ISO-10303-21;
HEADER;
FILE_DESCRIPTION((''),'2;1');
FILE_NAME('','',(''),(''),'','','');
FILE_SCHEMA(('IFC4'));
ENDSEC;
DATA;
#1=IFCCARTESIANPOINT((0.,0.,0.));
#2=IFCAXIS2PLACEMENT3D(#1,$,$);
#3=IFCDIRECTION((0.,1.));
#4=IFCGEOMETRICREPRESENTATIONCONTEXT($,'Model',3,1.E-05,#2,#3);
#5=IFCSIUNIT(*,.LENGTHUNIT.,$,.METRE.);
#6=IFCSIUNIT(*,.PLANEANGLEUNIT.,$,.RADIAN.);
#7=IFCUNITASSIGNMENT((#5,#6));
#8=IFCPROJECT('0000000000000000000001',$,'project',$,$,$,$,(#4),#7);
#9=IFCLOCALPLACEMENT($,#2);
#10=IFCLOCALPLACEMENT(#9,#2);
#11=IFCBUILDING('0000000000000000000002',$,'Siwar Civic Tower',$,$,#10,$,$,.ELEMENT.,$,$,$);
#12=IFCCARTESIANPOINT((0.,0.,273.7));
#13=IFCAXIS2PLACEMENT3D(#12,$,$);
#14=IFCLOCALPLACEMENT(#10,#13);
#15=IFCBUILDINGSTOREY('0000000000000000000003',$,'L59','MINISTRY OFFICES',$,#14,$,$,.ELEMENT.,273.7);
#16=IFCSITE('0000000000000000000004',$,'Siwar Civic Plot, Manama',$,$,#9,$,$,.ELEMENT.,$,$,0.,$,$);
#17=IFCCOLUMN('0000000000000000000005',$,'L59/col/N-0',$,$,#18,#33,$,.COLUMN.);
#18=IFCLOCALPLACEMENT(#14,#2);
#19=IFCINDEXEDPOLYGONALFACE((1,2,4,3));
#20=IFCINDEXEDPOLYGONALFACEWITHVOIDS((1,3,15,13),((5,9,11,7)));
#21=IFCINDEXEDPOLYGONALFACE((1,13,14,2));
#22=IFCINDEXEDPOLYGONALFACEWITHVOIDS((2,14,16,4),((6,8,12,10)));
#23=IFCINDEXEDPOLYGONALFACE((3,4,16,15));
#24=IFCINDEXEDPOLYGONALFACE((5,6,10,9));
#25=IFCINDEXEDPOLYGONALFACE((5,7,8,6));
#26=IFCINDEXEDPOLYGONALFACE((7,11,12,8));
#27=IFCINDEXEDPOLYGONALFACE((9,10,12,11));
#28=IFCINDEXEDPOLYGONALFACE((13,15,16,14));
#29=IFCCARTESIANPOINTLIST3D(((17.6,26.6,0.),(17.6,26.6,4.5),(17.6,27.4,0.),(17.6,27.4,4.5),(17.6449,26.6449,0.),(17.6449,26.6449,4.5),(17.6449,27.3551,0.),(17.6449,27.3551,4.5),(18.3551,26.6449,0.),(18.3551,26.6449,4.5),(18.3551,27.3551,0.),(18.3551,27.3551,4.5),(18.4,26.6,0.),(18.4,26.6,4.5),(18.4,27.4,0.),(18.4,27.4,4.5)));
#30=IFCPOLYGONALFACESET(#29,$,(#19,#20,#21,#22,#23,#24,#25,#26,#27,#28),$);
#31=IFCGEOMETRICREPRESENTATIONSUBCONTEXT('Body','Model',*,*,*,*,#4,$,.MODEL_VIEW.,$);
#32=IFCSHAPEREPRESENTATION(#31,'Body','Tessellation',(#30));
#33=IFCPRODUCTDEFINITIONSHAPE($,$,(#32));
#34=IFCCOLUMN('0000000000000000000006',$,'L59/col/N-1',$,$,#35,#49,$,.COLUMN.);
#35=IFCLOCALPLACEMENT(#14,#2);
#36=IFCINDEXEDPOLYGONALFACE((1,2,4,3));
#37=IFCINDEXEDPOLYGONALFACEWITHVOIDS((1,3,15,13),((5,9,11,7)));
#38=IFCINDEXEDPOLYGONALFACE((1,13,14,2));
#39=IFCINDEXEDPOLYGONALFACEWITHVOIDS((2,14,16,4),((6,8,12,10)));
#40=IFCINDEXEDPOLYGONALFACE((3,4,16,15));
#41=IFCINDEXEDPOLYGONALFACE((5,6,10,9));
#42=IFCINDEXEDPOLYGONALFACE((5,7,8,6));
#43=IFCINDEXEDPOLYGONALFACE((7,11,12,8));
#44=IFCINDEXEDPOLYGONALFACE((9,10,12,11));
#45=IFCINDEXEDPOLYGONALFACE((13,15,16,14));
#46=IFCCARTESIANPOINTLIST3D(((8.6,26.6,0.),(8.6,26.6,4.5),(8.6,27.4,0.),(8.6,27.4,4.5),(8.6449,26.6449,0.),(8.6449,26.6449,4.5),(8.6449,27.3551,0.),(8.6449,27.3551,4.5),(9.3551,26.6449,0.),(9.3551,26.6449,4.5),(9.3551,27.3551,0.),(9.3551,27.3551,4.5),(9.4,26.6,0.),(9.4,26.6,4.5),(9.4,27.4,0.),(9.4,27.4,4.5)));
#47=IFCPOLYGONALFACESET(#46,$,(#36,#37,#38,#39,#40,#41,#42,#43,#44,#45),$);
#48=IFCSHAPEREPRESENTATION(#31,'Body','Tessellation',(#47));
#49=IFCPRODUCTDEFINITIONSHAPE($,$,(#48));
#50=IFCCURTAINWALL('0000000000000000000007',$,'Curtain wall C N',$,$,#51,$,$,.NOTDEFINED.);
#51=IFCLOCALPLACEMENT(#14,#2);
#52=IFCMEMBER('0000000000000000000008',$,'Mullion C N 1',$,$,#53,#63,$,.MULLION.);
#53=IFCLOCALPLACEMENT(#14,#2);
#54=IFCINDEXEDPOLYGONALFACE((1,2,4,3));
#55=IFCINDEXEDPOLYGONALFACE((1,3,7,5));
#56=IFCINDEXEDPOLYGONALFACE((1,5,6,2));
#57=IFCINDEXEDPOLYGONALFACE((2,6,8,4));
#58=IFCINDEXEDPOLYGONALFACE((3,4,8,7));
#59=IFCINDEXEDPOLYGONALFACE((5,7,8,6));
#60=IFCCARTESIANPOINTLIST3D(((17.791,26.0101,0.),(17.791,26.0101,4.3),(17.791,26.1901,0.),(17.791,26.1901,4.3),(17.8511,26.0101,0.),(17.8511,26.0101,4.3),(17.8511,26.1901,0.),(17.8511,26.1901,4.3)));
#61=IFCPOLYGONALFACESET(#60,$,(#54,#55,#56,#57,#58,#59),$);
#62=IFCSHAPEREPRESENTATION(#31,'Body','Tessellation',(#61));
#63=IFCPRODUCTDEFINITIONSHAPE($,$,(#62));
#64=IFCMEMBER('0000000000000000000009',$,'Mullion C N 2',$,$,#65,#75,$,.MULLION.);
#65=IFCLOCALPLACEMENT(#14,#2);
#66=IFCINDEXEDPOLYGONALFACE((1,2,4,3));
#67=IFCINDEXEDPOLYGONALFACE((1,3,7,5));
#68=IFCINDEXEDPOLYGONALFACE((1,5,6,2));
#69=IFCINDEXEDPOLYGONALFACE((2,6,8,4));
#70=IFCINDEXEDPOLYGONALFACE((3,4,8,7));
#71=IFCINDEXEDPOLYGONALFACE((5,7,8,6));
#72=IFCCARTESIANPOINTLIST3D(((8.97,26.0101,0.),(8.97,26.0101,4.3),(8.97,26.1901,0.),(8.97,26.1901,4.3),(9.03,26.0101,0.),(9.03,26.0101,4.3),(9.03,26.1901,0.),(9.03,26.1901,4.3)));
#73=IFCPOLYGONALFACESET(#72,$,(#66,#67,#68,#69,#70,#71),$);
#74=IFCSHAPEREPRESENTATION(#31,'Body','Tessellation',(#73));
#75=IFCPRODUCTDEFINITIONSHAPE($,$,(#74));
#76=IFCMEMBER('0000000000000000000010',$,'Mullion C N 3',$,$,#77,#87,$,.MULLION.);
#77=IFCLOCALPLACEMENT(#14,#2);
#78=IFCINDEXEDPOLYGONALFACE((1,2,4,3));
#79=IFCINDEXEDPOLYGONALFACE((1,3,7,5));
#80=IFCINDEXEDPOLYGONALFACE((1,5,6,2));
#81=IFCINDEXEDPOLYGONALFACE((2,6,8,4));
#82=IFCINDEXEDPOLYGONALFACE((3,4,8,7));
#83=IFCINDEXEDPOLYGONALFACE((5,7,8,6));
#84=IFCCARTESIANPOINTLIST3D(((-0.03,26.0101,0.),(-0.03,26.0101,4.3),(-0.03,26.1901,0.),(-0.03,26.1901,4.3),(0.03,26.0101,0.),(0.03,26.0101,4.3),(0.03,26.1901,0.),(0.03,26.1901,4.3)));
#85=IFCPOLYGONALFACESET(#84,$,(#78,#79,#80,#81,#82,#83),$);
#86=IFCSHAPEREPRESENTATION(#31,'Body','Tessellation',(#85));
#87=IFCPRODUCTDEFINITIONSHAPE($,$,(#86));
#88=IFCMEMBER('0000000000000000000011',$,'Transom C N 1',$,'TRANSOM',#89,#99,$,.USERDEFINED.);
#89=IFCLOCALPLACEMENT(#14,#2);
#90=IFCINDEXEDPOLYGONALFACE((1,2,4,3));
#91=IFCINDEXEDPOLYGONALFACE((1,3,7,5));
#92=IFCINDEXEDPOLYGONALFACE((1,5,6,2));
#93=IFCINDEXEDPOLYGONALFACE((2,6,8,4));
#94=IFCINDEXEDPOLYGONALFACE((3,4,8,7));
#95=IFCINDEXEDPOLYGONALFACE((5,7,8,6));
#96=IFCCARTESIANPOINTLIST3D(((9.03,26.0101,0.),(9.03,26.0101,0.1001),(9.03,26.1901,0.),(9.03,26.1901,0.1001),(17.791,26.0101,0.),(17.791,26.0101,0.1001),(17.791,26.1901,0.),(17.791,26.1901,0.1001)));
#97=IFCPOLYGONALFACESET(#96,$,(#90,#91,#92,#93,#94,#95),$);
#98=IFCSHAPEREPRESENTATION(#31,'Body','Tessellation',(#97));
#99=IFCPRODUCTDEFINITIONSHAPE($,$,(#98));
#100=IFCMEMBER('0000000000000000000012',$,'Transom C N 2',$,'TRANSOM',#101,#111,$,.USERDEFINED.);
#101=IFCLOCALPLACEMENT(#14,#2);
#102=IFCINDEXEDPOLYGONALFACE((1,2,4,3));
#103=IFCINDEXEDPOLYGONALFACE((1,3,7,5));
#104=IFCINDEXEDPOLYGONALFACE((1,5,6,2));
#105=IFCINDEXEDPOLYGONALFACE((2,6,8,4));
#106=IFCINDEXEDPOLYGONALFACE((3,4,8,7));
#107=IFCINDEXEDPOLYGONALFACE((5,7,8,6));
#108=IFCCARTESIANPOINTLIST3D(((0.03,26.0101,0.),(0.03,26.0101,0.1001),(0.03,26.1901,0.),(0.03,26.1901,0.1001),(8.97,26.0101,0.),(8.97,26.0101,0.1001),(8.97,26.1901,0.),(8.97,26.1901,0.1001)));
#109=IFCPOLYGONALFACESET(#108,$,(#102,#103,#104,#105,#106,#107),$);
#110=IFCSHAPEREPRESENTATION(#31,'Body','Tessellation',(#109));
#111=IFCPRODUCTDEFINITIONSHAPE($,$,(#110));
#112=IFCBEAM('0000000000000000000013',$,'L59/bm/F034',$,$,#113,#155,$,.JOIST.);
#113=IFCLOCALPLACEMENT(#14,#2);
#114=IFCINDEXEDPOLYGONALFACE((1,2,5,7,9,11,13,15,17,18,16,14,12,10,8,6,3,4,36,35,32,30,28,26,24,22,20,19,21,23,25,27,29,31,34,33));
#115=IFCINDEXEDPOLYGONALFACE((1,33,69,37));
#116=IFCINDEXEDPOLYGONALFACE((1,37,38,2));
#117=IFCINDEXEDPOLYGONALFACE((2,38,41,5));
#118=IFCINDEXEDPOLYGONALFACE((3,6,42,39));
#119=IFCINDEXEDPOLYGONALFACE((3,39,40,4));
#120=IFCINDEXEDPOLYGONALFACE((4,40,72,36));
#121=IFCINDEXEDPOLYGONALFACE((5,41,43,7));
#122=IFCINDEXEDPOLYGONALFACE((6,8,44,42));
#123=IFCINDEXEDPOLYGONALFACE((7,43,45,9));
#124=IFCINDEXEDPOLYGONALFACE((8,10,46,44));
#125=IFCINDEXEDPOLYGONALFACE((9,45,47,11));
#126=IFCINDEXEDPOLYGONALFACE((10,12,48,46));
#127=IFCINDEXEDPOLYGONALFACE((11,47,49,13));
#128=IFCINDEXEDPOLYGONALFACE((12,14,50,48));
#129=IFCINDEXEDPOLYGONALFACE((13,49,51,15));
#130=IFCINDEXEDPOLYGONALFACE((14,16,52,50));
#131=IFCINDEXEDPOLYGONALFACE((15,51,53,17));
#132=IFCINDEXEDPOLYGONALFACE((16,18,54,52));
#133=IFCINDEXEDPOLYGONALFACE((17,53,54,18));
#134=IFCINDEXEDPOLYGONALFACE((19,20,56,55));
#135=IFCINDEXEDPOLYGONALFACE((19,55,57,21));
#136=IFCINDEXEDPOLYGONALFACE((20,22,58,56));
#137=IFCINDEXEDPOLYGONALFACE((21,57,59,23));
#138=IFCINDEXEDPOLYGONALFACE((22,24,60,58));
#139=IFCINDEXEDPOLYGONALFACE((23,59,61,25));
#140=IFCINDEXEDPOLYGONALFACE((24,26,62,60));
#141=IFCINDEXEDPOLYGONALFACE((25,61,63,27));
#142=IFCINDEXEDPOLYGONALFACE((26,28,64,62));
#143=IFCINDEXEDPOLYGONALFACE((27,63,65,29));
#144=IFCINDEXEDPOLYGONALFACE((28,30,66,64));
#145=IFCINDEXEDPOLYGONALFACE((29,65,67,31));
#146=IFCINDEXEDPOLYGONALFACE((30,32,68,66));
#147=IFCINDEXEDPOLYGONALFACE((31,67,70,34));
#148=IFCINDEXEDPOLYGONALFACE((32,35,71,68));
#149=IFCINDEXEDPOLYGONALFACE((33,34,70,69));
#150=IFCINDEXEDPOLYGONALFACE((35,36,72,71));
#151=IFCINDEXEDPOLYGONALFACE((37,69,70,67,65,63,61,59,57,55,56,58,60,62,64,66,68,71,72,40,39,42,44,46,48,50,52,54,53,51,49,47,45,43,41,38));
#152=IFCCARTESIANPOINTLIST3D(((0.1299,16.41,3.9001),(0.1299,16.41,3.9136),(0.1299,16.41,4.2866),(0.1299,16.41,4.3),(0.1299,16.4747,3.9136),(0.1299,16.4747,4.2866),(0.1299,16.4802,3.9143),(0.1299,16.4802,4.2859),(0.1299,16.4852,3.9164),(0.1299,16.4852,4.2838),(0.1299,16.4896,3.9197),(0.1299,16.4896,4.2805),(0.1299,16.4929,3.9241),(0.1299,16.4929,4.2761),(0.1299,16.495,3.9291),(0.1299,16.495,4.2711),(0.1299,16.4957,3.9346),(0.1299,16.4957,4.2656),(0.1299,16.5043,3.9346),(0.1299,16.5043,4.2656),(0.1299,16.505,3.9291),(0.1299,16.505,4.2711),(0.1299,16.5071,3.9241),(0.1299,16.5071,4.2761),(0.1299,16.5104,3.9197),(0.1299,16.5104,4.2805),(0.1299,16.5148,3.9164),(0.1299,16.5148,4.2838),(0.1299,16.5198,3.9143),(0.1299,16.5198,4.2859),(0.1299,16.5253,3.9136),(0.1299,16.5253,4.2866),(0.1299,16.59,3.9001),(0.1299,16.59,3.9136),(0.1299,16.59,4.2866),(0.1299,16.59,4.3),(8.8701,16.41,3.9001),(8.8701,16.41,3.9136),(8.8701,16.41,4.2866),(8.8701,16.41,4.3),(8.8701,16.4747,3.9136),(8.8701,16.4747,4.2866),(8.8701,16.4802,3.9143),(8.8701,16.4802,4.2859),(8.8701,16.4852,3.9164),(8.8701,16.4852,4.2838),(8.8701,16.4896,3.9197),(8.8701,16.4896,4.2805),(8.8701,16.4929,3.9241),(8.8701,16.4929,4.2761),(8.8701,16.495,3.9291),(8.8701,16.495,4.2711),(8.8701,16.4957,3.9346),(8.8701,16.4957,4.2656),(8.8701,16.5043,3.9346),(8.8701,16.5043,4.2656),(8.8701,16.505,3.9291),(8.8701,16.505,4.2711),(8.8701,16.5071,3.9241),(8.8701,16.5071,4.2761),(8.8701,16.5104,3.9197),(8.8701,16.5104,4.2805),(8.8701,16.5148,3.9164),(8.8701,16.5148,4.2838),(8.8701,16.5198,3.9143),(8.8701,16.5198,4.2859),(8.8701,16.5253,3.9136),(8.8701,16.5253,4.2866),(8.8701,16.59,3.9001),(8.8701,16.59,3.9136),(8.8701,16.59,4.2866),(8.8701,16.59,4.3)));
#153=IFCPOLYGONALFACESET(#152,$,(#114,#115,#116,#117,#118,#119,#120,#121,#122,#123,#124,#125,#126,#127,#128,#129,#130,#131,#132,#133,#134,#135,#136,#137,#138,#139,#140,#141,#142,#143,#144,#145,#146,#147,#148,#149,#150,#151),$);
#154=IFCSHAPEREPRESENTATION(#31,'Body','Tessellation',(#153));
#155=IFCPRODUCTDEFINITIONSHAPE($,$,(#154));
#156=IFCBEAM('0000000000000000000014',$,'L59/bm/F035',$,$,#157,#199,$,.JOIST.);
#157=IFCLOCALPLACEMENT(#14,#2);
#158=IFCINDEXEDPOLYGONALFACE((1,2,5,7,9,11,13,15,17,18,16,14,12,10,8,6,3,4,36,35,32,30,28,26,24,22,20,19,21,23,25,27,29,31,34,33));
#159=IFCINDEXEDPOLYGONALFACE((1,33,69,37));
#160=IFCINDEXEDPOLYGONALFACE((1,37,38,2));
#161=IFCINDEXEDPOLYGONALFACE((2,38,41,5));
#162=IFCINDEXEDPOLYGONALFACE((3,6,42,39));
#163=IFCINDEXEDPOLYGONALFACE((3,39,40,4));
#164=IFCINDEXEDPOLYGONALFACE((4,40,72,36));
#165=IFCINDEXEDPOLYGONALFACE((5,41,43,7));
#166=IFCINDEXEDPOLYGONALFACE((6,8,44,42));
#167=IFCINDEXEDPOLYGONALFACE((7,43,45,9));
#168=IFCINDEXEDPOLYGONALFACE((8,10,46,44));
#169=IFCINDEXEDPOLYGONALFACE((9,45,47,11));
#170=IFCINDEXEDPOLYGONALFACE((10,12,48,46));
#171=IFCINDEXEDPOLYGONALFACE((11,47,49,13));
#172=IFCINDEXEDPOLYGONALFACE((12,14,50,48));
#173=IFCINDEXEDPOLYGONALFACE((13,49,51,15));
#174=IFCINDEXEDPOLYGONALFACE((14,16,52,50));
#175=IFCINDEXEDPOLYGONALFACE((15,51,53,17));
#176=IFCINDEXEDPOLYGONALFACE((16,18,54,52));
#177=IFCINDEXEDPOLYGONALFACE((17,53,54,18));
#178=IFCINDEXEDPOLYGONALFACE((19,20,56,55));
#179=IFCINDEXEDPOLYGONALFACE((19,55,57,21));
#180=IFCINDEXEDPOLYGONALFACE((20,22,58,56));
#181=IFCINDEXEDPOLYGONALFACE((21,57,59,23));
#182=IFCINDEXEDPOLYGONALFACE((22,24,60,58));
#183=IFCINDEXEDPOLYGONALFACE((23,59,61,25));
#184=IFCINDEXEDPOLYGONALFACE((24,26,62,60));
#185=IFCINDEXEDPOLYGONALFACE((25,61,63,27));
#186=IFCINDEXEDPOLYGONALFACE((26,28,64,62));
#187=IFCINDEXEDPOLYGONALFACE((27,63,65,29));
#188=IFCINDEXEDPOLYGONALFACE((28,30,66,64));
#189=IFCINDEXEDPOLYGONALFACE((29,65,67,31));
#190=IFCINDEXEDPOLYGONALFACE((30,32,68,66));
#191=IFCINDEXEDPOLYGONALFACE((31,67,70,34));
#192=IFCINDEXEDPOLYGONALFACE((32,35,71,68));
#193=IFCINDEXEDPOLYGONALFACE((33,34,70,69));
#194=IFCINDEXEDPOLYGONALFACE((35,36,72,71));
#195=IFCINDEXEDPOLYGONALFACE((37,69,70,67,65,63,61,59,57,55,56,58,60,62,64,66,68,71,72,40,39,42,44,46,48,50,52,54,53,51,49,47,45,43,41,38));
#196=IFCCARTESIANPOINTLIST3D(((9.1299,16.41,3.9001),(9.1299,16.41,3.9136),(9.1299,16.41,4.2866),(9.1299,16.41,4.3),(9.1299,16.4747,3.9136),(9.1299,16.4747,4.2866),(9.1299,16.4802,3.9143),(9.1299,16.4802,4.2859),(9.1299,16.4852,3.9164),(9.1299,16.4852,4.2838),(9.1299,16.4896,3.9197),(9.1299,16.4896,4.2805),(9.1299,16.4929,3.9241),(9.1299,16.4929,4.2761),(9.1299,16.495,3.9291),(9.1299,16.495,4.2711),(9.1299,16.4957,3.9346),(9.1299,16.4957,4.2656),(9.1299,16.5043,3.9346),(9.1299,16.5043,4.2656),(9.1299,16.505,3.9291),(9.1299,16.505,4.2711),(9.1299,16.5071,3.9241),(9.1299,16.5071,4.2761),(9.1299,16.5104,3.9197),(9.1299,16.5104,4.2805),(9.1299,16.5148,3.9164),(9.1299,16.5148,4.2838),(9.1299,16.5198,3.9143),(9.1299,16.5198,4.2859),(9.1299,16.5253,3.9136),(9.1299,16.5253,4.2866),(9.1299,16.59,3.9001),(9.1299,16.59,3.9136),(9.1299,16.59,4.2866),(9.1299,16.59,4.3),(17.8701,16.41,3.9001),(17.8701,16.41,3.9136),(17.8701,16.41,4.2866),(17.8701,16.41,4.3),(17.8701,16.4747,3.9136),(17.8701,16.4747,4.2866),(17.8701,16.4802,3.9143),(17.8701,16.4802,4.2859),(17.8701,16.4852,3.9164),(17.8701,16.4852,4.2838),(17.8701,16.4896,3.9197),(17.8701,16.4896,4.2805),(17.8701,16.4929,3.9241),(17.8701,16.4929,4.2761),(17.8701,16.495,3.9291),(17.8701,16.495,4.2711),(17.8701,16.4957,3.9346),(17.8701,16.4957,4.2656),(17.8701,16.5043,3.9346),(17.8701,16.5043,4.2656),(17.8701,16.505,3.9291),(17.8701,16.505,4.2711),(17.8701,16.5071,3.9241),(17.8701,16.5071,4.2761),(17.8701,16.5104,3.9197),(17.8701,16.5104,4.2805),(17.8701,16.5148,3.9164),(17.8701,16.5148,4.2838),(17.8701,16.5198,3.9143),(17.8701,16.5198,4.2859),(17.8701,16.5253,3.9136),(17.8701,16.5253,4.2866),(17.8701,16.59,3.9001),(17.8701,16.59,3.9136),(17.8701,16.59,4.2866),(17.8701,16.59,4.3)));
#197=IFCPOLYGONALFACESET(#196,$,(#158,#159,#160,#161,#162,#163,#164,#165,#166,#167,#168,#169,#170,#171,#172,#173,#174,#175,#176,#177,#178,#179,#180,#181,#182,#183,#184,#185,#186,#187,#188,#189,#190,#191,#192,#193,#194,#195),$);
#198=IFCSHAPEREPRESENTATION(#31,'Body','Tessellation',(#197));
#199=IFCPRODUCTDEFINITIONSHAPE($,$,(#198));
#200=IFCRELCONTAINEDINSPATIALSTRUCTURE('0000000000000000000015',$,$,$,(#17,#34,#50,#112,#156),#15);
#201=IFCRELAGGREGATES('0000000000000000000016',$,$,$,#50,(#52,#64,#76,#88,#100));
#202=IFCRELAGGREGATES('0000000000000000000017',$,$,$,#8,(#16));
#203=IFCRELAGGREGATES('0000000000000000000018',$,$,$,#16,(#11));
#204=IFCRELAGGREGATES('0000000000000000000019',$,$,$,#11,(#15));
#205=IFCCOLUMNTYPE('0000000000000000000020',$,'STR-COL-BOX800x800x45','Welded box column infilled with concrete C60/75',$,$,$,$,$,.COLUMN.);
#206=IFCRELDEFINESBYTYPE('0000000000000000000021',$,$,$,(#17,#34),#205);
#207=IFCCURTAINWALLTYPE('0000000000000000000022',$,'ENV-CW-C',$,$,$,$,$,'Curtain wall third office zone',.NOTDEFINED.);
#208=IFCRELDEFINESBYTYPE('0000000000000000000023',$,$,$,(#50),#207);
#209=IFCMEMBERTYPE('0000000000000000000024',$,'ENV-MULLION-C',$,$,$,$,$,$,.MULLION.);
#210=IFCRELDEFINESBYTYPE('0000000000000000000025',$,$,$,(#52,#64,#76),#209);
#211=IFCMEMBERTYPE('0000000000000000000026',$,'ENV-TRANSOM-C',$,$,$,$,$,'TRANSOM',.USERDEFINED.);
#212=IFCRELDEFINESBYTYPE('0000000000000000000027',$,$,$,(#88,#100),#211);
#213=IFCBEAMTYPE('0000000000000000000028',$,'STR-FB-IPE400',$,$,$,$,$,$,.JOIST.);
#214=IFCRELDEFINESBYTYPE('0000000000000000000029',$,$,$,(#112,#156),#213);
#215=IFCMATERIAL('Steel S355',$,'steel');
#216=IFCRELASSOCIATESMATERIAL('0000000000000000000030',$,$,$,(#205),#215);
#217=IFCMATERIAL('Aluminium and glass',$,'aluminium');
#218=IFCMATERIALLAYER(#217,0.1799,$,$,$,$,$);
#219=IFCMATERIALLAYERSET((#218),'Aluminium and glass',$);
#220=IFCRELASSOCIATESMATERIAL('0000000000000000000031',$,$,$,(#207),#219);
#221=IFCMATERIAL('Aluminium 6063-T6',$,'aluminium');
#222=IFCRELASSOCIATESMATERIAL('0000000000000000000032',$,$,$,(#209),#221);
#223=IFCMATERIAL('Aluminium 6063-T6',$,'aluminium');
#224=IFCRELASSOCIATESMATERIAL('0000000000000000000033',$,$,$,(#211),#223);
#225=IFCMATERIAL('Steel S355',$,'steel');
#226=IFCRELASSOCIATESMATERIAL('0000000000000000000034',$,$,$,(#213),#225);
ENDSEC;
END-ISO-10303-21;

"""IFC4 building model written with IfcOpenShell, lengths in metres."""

from ifc_helpers import new_model, si_unit, direction, frame, origin, origin_2d, place, context, subcontext, project, spatial, rectangle, hollow_rectangle, i_section, extrude, material, layer, layer_set, material_profile, profile_set, type_object, element, aggregate, save


model = new_model("IFC4")

# Units and contexts
model_context = context("Model", 3, precision=1e-05, world=origin(), true_north=direction((0.0, 1.0)))
body_context = subcontext(model_context, "Body", "Model", "MODEL_VIEW")
ifc_project = project(units=[si_unit("LENGTHUNIT", "METRE"), si_unit("PLANEANGLEUNIT", "RADIAN")], contexts=[model_context])

# Site, building, storey
site_placement = place(None, origin())
site = spatial("IfcSite", under=ifc_project, at=site_placement, Name="Siwar Civic Plot, Manama", CompositionType="ELEMENT", RefElevation=0.0)
building_placement = place(site_placement, origin())
building = spatial("IfcBuilding", under=site, at=building_placement, Name="Siwar Civic Tower", CompositionType="ELEMENT")
storey_placement = place(building_placement, frame((0.0, 0.0, 273.7)))
storey = spatial("IfcBuildingStorey", under=building, at=storey_placement, Name="L59", Description="MINISTRY OFFICES", CompositionType="ELEMENT", Elevation=273.7)

# Columns
ifc_material_1 = material(Name="Steel S355", Category="steel")
ifc_material_profile_1 = material_profile(ifc_material_1, hollow_rectangle(XDim=0.8, YDim=0.8, WallThickness=0.0449, at=origin_2d()), Name="BOX800x800x45")
ifc_profile_set_1 = profile_set([ifc_material_profile_1], Name="Steel S355")
column_type = type_object("IfcColumnType", Name="STR-COL-BOX800x800x45", Description="Welded box column infilled with concrete C60/75", PredefinedType="COLUMN", material=ifc_profile_set_1)
for number, where, z_axis, x_axis, name in (
    (1, (18.0, 27.0, 0.0), (0.0, 0.0, 1.0), (1.0, 0.0, 0.0), "L59/col/N-0"),
    (2, (9.0, 27.0, 0.0), (0.0, 0.0, 1.0), (1.0, 0.0, 0.0), "L59/col/N-1"),
):
    element("IfcColumn", number, at=place(storey_placement, frame(where, z_axis=z_axis, x_axis=x_axis)), inside=storey, type_object=column_type, Name=name, PredefinedType="COLUMN", context=body_context, shape_type="SweptSolid", body=[
        extrude(hollow_rectangle(XDim=0.8, YDim=0.8, WallThickness=0.0449, at=origin_2d()), origin(), (0.0, 0.0, 1.0), 4.5),
    ])

# Curtain wall, members
ifc_material_2 = material(Name="Aluminium and glass", Category="aluminium")
ifc_layer_1 = layer(ifc_material_2, 0.1799)
ifc_layer_set_1 = layer_set([ifc_layer_1], Name="Aluminium and glass")
curtain_wall_type = type_object("IfcCurtainWallType", Name="ENV-CW-C", ElementType="Curtain wall third office zone", PredefinedType="NOTDEFINED", material=ifc_layer_set_1)
curtain_wall_placement = place(storey_placement, origin())
curtain_wall = element("IfcCurtainWall", 3, at=curtain_wall_placement, inside=storey, type_object=curtain_wall_type, Name="Curtain wall C N", PredefinedType="NOTDEFINED")
ifc_material_3 = material(Name="Aluminium 6063-T6", Category="aluminium")
ifc_material_profile_2 = material_profile(ifc_material_3, rectangle(XDim=0.1799, YDim=0.0601, at=origin_2d()), Name="AL 180x60")
ifc_profile_set_2 = profile_set([ifc_material_profile_2], Name="Aluminium 6063-T6")
member_type_1 = type_object("IfcMemberType", Name="ENV-MULLION-C", PredefinedType="MULLION", material=ifc_profile_set_2)
member_1_placement = place(storey_placement, frame((17.821, 26.1001, 0.0), z_axis=(0.0, 0.0, 1.0), x_axis=(0.0, -1.0, 0.0)))
member_1 = element("IfcMember", 4, at=member_1_placement, type_object=member_type_1, Name="Mullion C N 1", PredefinedType="MULLION", context=body_context, shape_type="SweptSolid", body=[
    extrude(rectangle(XDim=0.1799, YDim=0.0601, at=origin_2d()), origin(), (0.0, 0.0, 1.0), 4.3),
])
member_2_placement = place(storey_placement, frame((9.0, 26.1001, 0.0), z_axis=(0.0, 0.0, 1.0), x_axis=(0.0, -1.0, 0.0)))
member_2 = element("IfcMember", 5, at=member_2_placement, type_object=member_type_1, Name="Mullion C N 2", PredefinedType="MULLION", context=body_context, shape_type="SweptSolid", body=[
    extrude(rectangle(XDim=0.1799, YDim=0.0601, at=origin_2d()), origin(), (0.0, 0.0, 1.0), 4.3),
])
member_3_placement = place(storey_placement, frame((0.0, 26.1001, 0.0), z_axis=(0.0, 0.0, 1.0), x_axis=(0.0, -1.0, 0.0)))
member_3 = element("IfcMember", 6, at=member_3_placement, type_object=member_type_1, Name="Mullion C N 3", PredefinedType="MULLION", context=body_context, shape_type="SweptSolid", body=[
    extrude(rectangle(XDim=0.1799, YDim=0.0601, at=origin_2d()), origin(), (0.0, 0.0, 1.0), 4.3),
])
ifc_material_4 = material(Name="Aluminium 6063-T6", Category="aluminium")
ifc_material_profile_3 = material_profile(ifc_material_4, rectangle(XDim=0.1799, YDim=0.1001, at=origin_2d()), Name="AL 180x100")
ifc_profile_set_3 = profile_set([ifc_material_profile_3], Name="Aluminium 6063-T6")
member_type_2 = type_object("IfcMemberType", Name="ENV-TRANSOM-C", ElementType="TRANSOM", PredefinedType="USERDEFINED", material=ifc_profile_set_3)
member_4_placement = place(storey_placement, frame((17.791, 26.1001, 0.05), z_axis=(-1.0, 0.0, 0.0), x_axis=(0.0, -1.0, 0.0)))
member_4 = element("IfcMember", 7, at=member_4_placement, type_object=member_type_2, Name="Transom C N 1", ObjectType="TRANSOM", PredefinedType="USERDEFINED", context=body_context, shape_type="SweptSolid", body=[
    extrude(rectangle(XDim=0.1799, YDim=0.1001, at=origin_2d()), origin(), (0.0, 0.0, 1.0), 8.761),
])
member_5_placement = place(storey_placement, frame((8.97, 26.1001, 0.05), z_axis=(-1.0, 0.0, 0.0), x_axis=(0.0, -1.0, 0.0)))
member_5 = element("IfcMember", 8, at=member_5_placement, type_object=member_type_2, Name="Transom C N 2", ObjectType="TRANSOM", PredefinedType="USERDEFINED", context=body_context, shape_type="SweptSolid", body=[
    extrude(rectangle(XDim=0.1799, YDim=0.1001, at=origin_2d()), origin(), (0.0, 0.0, 1.0), 8.9399),
])

# Beams
ifc_material_5 = material(Name="Steel S355", Category="steel")
ifc_material_profile_4 = material_profile(ifc_material_5, i_section(OverallWidth=0.1799, OverallDepth=0.3999, WebThickness=0.0085, FlangeThickness=0.0134, FilletRadius=0.021, at=origin_2d()), Name="IPE400")
ifc_profile_set_4 = profile_set([ifc_material_profile_4], Name="Steel S355")
beam_type_1 = type_object("IfcBeamType", Name="STR-FB-IPE400", PredefinedType="JOIST", material=ifc_profile_set_4)
for number, where, z_axis, x_axis, name in (
    (9, (0.1299, 16.5, 4.1001), (1.0, 0.0, 0.0), (0.0, 1.0, 0.0), "L59/bm/F034"),
    (10, (9.1299, 16.5, 4.1001), (1.0, 0.0, 0.0), (0.0, 1.0, 0.0), "L59/bm/F035"),
):
    element("IfcBeam", number, at=place(storey_placement, frame(where, z_axis=z_axis, x_axis=x_axis)), inside=storey, type_object=beam_type_1, Name=name, PredefinedType="JOIST", context=body_context, shape_type="SweptSolid", body=[
        extrude(i_section(OverallWidth=0.1799, OverallDepth=0.3999, WebThickness=0.0085, FlangeThickness=0.0134, FilletRadius=0.021, at=origin_2d()), origin(), (0.0, 0.0, 1.0), 8.7402),
    ])

aggregate(curtain_wall, [member_1, member_2, member_3, member_4, member_5])

save(model, "model.ifc")
